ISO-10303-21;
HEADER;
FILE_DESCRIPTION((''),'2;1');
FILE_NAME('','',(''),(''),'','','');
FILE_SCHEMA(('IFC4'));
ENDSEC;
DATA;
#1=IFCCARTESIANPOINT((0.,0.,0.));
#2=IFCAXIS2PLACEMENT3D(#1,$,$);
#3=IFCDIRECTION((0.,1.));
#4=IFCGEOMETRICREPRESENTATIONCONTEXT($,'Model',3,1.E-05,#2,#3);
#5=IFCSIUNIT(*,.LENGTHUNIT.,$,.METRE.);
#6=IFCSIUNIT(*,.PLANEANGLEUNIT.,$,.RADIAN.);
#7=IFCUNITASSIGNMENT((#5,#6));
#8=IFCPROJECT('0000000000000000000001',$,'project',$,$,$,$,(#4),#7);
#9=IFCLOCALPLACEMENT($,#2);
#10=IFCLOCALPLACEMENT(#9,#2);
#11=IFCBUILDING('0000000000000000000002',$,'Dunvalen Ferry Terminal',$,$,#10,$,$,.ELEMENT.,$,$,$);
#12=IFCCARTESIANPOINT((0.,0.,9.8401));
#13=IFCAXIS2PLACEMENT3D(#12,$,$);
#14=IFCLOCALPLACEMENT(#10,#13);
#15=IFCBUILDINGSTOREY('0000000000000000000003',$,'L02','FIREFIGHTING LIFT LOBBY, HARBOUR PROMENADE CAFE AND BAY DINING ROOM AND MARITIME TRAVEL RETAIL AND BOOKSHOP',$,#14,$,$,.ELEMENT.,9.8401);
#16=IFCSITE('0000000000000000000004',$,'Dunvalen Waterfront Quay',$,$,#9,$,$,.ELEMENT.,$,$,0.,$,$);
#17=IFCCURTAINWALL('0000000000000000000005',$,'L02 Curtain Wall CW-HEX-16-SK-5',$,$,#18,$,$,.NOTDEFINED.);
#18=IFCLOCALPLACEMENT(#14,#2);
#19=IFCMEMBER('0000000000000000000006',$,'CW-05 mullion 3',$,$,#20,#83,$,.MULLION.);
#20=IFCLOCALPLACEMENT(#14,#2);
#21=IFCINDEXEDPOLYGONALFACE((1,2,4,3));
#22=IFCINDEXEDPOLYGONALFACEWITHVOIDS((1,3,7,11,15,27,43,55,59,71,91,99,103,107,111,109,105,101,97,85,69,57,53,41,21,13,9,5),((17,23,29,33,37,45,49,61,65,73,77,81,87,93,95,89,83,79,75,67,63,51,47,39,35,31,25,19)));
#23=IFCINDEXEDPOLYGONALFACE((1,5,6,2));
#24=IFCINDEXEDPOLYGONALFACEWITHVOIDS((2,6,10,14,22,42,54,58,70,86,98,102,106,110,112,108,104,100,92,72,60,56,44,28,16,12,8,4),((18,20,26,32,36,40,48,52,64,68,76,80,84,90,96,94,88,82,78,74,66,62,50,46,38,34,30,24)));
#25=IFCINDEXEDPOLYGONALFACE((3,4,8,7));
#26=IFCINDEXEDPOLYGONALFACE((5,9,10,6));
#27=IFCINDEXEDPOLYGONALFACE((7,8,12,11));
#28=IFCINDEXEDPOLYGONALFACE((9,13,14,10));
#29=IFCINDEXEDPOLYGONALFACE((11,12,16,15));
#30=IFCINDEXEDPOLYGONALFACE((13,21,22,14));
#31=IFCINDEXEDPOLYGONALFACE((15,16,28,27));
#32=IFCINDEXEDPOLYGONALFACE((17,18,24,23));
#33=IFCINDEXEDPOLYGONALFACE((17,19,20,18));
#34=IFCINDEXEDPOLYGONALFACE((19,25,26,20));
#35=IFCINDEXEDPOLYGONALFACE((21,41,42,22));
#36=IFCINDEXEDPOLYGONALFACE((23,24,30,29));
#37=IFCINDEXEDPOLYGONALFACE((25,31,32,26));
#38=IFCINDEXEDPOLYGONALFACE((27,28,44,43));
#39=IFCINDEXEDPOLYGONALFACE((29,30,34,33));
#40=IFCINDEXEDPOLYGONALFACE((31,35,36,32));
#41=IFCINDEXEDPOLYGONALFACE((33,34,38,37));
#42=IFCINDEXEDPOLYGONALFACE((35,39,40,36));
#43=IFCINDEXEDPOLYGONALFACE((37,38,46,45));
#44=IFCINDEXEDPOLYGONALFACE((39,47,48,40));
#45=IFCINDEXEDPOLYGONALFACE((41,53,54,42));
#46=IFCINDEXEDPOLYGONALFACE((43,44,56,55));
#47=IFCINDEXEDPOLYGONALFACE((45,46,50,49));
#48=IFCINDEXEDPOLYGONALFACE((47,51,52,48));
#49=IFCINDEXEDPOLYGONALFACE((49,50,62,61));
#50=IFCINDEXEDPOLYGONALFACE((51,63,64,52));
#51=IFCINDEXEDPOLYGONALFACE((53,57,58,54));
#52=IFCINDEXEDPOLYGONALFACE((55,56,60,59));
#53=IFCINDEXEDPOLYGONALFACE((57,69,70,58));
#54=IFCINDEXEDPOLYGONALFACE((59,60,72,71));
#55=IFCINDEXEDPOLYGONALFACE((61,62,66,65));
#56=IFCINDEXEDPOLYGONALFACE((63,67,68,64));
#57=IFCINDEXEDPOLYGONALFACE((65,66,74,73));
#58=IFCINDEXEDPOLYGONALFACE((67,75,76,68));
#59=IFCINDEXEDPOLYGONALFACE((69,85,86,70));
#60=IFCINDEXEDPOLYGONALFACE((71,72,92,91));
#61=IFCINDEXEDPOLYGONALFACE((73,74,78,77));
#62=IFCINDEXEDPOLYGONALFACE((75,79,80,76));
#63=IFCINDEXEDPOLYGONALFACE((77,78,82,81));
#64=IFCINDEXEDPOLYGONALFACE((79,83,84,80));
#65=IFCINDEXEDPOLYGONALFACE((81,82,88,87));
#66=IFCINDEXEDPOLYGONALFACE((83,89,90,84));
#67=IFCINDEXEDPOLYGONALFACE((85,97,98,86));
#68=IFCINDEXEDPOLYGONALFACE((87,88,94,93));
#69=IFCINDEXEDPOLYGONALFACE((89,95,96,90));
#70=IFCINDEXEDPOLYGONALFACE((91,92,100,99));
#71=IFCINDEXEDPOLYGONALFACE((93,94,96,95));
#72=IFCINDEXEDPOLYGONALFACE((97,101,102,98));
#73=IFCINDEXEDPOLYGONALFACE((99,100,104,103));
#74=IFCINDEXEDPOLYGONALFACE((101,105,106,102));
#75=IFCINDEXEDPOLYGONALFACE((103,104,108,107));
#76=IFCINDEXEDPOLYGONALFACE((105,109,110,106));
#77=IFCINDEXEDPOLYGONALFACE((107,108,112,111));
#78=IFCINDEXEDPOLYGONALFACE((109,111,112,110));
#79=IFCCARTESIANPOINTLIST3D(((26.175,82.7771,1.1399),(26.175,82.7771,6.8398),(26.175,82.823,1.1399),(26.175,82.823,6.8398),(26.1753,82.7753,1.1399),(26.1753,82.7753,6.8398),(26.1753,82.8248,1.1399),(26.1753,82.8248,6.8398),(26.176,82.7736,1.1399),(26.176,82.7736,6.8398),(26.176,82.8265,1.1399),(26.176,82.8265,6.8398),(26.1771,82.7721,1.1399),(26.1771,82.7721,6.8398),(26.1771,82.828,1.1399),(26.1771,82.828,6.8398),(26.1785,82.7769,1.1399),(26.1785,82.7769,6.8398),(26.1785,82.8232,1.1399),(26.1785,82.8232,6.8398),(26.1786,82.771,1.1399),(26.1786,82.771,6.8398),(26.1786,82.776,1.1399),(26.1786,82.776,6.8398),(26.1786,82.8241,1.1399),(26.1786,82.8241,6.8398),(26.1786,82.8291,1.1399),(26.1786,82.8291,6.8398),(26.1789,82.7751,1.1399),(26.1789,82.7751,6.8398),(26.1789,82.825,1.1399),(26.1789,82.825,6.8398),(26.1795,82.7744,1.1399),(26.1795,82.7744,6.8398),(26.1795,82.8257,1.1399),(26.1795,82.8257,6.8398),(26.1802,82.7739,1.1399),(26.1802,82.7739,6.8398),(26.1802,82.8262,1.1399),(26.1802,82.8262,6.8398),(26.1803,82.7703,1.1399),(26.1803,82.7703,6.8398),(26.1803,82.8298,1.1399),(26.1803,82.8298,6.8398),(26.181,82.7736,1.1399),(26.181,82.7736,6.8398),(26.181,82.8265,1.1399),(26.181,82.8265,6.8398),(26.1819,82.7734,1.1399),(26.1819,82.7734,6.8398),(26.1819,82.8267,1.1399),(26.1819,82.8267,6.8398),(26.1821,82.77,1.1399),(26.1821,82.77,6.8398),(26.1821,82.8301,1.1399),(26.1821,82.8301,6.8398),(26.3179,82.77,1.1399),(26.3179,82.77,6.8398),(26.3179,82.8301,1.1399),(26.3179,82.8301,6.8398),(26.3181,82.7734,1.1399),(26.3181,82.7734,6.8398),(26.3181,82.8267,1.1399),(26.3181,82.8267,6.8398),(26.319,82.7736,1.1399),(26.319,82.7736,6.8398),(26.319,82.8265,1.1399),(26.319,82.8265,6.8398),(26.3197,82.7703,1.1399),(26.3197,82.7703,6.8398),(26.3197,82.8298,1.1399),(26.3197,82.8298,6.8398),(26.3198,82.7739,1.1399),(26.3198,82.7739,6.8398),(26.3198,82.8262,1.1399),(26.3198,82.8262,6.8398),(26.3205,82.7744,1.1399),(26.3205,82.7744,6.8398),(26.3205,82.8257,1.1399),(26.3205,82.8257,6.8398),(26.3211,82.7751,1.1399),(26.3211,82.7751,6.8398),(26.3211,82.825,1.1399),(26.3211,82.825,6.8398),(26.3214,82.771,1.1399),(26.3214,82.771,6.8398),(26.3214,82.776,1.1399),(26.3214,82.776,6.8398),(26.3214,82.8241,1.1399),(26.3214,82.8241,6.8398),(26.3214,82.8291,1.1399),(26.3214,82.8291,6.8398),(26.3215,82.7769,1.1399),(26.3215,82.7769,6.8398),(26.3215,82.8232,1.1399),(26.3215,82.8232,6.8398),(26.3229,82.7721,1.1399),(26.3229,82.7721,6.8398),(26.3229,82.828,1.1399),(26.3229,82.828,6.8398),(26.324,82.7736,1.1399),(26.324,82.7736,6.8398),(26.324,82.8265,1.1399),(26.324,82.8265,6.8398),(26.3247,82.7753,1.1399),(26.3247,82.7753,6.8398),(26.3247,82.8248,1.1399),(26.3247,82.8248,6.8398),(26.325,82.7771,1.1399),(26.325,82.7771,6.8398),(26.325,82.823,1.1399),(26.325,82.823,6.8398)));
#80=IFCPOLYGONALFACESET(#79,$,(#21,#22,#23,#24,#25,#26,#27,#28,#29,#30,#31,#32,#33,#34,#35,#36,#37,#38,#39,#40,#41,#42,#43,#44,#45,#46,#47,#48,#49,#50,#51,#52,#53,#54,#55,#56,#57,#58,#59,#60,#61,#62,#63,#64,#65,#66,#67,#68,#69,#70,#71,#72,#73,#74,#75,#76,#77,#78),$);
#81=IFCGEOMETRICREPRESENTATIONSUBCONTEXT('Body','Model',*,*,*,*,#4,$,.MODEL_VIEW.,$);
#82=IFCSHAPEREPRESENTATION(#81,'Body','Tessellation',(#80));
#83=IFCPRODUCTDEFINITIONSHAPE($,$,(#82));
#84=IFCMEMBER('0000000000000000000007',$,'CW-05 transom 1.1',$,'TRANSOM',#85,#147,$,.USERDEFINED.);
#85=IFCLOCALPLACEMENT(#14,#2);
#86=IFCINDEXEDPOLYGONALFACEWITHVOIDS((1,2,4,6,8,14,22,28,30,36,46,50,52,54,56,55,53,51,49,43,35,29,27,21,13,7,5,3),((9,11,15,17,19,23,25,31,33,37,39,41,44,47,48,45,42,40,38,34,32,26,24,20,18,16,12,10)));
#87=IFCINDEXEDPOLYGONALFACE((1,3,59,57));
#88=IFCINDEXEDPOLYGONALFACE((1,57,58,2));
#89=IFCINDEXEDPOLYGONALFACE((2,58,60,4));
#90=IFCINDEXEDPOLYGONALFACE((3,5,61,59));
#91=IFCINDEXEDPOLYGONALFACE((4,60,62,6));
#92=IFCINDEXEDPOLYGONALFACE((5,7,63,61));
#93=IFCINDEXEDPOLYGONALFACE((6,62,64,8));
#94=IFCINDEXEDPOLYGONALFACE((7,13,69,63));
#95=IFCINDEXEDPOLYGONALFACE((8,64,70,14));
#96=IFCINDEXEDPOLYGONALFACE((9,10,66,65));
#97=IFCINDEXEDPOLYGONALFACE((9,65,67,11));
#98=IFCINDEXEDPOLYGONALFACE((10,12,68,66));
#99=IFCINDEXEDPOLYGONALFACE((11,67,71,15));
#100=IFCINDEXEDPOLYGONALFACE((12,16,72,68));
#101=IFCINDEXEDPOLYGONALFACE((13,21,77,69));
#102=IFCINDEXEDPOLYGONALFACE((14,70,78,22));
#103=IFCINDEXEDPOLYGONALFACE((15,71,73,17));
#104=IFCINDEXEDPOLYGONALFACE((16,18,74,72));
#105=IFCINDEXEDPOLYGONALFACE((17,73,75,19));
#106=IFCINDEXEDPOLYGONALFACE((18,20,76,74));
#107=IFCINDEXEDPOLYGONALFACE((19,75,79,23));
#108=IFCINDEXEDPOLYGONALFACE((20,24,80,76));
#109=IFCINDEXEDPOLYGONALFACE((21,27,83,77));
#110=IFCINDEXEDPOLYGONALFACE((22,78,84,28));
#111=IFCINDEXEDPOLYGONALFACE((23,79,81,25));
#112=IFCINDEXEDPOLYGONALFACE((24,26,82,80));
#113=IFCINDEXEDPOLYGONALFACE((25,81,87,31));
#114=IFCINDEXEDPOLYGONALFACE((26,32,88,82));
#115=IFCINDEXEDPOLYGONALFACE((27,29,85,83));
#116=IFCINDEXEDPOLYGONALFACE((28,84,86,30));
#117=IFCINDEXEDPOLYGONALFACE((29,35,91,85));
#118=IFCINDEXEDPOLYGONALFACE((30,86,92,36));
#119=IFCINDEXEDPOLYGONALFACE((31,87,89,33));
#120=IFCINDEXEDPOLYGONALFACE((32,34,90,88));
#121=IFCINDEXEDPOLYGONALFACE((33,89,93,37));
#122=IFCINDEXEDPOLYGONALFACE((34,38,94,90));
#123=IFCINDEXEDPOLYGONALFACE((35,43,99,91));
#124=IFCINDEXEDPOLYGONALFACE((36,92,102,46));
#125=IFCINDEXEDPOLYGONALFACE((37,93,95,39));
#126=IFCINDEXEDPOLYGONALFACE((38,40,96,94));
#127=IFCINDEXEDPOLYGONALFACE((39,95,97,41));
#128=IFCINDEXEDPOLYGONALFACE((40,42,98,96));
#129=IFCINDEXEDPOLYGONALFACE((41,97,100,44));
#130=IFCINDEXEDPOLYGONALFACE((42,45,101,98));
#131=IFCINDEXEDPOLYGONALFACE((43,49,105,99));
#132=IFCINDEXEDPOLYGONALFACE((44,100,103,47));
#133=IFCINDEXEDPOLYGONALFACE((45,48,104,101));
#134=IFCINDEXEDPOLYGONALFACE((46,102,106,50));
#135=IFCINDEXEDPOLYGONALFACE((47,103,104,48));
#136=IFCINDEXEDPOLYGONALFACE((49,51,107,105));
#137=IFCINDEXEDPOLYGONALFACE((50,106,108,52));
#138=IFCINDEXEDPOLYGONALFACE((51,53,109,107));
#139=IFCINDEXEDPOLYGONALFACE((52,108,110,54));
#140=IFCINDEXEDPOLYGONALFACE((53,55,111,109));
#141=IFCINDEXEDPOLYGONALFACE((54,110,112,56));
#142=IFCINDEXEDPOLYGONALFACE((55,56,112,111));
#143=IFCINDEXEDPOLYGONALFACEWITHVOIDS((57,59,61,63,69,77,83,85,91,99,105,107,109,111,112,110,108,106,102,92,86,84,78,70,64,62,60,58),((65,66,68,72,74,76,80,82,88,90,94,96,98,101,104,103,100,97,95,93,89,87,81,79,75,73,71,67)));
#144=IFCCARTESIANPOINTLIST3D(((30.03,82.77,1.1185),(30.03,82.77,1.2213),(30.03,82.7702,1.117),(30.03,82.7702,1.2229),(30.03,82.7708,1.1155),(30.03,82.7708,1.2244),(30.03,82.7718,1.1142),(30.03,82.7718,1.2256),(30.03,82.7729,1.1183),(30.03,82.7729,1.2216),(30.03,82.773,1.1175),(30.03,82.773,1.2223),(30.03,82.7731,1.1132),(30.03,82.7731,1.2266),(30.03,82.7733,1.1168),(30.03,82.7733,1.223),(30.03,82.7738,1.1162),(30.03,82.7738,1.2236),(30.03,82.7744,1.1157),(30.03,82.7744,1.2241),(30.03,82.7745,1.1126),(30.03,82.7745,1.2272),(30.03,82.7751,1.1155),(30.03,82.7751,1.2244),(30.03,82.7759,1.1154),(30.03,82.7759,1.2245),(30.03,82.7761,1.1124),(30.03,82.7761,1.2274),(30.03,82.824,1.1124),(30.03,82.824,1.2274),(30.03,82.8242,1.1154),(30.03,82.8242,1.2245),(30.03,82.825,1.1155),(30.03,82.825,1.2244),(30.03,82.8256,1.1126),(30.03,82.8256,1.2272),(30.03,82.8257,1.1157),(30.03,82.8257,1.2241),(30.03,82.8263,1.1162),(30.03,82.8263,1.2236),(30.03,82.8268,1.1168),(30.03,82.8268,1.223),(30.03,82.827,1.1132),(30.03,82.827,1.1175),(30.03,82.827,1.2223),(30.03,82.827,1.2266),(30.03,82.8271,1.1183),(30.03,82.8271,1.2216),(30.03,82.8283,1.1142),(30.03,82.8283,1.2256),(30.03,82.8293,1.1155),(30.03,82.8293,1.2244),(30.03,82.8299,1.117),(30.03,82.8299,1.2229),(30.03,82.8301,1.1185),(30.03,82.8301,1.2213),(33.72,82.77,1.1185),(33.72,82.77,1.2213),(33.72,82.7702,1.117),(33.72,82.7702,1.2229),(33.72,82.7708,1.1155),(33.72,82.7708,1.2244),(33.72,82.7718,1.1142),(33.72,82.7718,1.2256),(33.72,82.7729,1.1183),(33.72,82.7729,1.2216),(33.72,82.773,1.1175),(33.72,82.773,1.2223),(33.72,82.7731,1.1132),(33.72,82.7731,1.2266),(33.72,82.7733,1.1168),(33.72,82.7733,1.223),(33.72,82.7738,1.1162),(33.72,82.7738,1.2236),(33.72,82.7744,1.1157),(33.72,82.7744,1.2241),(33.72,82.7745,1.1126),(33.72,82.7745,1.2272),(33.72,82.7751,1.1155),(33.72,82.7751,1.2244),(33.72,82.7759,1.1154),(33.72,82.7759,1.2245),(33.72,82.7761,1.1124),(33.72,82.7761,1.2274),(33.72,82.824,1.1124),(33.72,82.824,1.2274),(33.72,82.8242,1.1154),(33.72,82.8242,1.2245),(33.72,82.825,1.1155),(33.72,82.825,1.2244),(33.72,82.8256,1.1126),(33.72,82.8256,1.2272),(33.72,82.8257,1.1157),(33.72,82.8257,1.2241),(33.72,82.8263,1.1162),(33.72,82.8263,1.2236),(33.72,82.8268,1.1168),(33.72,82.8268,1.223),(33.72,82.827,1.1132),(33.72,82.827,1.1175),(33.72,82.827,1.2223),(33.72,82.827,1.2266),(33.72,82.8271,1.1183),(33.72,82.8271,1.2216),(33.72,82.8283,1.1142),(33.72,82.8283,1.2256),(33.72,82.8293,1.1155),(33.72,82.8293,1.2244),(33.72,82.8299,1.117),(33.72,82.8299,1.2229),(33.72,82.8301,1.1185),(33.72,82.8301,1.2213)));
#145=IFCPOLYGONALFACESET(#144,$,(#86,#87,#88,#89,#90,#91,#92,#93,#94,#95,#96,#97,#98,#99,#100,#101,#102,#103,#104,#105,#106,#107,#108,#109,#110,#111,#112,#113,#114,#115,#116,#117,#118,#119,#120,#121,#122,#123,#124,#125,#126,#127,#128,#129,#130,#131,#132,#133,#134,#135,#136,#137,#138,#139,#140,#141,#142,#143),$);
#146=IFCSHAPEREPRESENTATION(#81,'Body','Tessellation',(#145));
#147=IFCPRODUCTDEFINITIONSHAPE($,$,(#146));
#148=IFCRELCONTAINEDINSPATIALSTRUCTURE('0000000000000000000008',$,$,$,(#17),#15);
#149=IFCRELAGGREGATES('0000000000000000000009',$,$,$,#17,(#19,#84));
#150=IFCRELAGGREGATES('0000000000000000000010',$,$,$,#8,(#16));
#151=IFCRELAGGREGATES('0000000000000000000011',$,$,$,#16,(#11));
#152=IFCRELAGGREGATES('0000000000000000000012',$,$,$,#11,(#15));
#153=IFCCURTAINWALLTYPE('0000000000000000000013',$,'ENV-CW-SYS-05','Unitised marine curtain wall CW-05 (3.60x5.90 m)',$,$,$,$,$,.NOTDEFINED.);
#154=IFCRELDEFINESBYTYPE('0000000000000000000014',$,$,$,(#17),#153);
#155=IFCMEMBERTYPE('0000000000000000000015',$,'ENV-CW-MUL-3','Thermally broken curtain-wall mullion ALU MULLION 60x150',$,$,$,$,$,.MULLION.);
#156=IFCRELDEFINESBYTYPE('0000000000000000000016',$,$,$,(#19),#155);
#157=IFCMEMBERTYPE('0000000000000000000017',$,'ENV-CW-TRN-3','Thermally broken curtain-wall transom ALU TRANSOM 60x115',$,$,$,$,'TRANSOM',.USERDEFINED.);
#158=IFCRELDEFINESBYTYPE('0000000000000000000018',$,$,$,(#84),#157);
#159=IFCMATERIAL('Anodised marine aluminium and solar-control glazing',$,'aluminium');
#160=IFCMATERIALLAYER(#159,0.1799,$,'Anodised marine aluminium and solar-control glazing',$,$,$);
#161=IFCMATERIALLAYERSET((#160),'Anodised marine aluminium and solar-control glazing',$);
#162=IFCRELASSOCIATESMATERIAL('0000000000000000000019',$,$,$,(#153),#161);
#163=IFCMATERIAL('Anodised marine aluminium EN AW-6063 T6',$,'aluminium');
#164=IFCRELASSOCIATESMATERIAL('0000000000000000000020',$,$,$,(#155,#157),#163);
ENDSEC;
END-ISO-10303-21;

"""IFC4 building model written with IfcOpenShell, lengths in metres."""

from ifc_helpers import new_model, si_unit, direction, frame, origin, origin_2d, place, context, subcontext, project, spatial, hollow_rectangle, extrude, material, layer, layer_set, material_profile, profile_set, type_object, element, aggregate, save


model = new_model("IFC4")

# Units and contexts
model_context = context("Model", 3, precision=1e-05, world=origin(), true_north=direction((0.0, 1.0)))
body_context = subcontext(model_context, "Body", "Model", "MODEL_VIEW")
ifc_project = project(units=[si_unit("LENGTHUNIT", "METRE"), si_unit("PLANEANGLEUNIT", "RADIAN")], contexts=[model_context])

# Site, building, storey
site_placement = place(None, origin())
site = spatial("IfcSite", under=ifc_project, at=site_placement, Name="Dunvalen Waterfront Quay", CompositionType="ELEMENT", RefElevation=0.0)
building_placement = place(site_placement, origin())
building = spatial("IfcBuilding", under=site, at=building_placement, Name="Dunvalen Ferry Terminal", CompositionType="ELEMENT")
storey_placement = place(building_placement, frame((0.0, 0.0, 9.8401)))
storey = spatial("IfcBuildingStorey", under=building, at=storey_placement, Name="L02", Description="FIREFIGHTING LIFT LOBBY, HARBOUR PROMENADE CAFE AND BAY DINING ROOM AND MARITIME TRAVEL RETAIL AND BOOKSHOP", CompositionType="ELEMENT", Elevation=9.8401)

# Curtain wall, members
ifc_material_1 = material(Name="Anodised marine aluminium and solar-control glazing", Category="aluminium")
ifc_layer_1 = layer(ifc_material_1, 0.1799, Name="Anodised marine aluminium and solar-control glazing")
ifc_layer_set_1 = layer_set([ifc_layer_1], Name="Anodised marine aluminium and solar-control glazing")
curtain_wall_type = type_object("IfcCurtainWallType", Name="ENV-CW-SYS-05", Description="Unitised marine curtain wall CW-05 (3.60x5.90 m)", PredefinedType="NOTDEFINED", material=ifc_layer_set_1)
curtain_wall_placement = place(storey_placement, origin())
curtain_wall = element("IfcCurtainWall", 1, at=curtain_wall_placement, inside=storey, type_object=curtain_wall_type, Name="L02 Curtain Wall CW-HEX-16-SK-5", PredefinedType="NOTDEFINED")
ifc_material_2 = material(Name="Anodised marine aluminium EN AW-6063 T6", Category="aluminium")
ifc_material_profile_1 = material_profile(ifc_material_2, hollow_rectangle(XDim=0.0601, YDim=0.1499, WallThickness=0.0034, InnerFilletRadius=0.0034, OuterFilletRadius=0.0071, at=origin_2d()), Name="Anodised marine aluminium EN AW-6063 T6")
ifc_profile_set_1 = profile_set([ifc_material_profile_1], Name="Anodised marine aluminium EN AW-6063 T6")
member_type_1 = type_object("IfcMemberType", Name="ENV-CW-MUL-3", Description="Thermally broken curtain-wall mullion ALU MULLION 60x150", PredefinedType="MULLION", material=ifc_profile_set_1)
member_1_placement = place(storey_placement, frame((26.25, 82.8, 1.1399), z_axis=(0.0, 0.0, 1.0), x_axis=(0.0, -1.0, 0.0)))
member_1 = element("IfcMember", 2, at=member_1_placement, type_object=member_type_1, Name="CW-05 mullion 3", PredefinedType="MULLION", context=body_context, shape_type="SweptSolid", body=[
    extrude(hollow_rectangle(XDim=0.0601, YDim=0.1499, WallThickness=0.0034, InnerFilletRadius=0.0034, OuterFilletRadius=0.0071, at=origin_2d()), origin(), (0.0, 0.0, 1.0), 5.7),
])
ifc_material_profile_2 = material_profile(ifc_material_2, hollow_rectangle(XDim=0.0601, YDim=0.115, WallThickness=0.0029, InnerFilletRadius=0.0029, OuterFilletRadius=0.0061, at=origin_2d()), Name="Anodised marine aluminium EN AW-6063 T6")
ifc_profile_set_2 = profile_set([ifc_material_profile_2], Name="Anodised marine aluminium EN AW-6063 T6")
member_type_2 = type_object("IfcMemberType", Name="ENV-CW-TRN-3", Description="Thermally broken curtain-wall transom ALU TRANSOM 60x115", ElementType="TRANSOM", PredefinedType="USERDEFINED", material=ifc_profile_set_2)
member_2_placement = place(storey_placement, frame((33.72, 82.8, 1.1699), z_axis=(-1.0, 0.0, 0.0), x_axis=(0.0, -1.0, 0.0)))
member_2 = element("IfcMember", 3, at=member_2_placement, type_object=member_type_2, Name="CW-05 transom 1.1", ObjectType="TRANSOM", PredefinedType="USERDEFINED", context=body_context, shape_type="SweptSolid", body=[
    extrude(hollow_rectangle(XDim=0.0601, YDim=0.115, WallThickness=0.0029, InnerFilletRadius=0.0029, OuterFilletRadius=0.0061, at=origin_2d()), origin(), (0.0, 0.0, 1.0), 3.6899),
])

aggregate(curtain_wall, [member_1, member_2])

save(model, "model.ifc")
